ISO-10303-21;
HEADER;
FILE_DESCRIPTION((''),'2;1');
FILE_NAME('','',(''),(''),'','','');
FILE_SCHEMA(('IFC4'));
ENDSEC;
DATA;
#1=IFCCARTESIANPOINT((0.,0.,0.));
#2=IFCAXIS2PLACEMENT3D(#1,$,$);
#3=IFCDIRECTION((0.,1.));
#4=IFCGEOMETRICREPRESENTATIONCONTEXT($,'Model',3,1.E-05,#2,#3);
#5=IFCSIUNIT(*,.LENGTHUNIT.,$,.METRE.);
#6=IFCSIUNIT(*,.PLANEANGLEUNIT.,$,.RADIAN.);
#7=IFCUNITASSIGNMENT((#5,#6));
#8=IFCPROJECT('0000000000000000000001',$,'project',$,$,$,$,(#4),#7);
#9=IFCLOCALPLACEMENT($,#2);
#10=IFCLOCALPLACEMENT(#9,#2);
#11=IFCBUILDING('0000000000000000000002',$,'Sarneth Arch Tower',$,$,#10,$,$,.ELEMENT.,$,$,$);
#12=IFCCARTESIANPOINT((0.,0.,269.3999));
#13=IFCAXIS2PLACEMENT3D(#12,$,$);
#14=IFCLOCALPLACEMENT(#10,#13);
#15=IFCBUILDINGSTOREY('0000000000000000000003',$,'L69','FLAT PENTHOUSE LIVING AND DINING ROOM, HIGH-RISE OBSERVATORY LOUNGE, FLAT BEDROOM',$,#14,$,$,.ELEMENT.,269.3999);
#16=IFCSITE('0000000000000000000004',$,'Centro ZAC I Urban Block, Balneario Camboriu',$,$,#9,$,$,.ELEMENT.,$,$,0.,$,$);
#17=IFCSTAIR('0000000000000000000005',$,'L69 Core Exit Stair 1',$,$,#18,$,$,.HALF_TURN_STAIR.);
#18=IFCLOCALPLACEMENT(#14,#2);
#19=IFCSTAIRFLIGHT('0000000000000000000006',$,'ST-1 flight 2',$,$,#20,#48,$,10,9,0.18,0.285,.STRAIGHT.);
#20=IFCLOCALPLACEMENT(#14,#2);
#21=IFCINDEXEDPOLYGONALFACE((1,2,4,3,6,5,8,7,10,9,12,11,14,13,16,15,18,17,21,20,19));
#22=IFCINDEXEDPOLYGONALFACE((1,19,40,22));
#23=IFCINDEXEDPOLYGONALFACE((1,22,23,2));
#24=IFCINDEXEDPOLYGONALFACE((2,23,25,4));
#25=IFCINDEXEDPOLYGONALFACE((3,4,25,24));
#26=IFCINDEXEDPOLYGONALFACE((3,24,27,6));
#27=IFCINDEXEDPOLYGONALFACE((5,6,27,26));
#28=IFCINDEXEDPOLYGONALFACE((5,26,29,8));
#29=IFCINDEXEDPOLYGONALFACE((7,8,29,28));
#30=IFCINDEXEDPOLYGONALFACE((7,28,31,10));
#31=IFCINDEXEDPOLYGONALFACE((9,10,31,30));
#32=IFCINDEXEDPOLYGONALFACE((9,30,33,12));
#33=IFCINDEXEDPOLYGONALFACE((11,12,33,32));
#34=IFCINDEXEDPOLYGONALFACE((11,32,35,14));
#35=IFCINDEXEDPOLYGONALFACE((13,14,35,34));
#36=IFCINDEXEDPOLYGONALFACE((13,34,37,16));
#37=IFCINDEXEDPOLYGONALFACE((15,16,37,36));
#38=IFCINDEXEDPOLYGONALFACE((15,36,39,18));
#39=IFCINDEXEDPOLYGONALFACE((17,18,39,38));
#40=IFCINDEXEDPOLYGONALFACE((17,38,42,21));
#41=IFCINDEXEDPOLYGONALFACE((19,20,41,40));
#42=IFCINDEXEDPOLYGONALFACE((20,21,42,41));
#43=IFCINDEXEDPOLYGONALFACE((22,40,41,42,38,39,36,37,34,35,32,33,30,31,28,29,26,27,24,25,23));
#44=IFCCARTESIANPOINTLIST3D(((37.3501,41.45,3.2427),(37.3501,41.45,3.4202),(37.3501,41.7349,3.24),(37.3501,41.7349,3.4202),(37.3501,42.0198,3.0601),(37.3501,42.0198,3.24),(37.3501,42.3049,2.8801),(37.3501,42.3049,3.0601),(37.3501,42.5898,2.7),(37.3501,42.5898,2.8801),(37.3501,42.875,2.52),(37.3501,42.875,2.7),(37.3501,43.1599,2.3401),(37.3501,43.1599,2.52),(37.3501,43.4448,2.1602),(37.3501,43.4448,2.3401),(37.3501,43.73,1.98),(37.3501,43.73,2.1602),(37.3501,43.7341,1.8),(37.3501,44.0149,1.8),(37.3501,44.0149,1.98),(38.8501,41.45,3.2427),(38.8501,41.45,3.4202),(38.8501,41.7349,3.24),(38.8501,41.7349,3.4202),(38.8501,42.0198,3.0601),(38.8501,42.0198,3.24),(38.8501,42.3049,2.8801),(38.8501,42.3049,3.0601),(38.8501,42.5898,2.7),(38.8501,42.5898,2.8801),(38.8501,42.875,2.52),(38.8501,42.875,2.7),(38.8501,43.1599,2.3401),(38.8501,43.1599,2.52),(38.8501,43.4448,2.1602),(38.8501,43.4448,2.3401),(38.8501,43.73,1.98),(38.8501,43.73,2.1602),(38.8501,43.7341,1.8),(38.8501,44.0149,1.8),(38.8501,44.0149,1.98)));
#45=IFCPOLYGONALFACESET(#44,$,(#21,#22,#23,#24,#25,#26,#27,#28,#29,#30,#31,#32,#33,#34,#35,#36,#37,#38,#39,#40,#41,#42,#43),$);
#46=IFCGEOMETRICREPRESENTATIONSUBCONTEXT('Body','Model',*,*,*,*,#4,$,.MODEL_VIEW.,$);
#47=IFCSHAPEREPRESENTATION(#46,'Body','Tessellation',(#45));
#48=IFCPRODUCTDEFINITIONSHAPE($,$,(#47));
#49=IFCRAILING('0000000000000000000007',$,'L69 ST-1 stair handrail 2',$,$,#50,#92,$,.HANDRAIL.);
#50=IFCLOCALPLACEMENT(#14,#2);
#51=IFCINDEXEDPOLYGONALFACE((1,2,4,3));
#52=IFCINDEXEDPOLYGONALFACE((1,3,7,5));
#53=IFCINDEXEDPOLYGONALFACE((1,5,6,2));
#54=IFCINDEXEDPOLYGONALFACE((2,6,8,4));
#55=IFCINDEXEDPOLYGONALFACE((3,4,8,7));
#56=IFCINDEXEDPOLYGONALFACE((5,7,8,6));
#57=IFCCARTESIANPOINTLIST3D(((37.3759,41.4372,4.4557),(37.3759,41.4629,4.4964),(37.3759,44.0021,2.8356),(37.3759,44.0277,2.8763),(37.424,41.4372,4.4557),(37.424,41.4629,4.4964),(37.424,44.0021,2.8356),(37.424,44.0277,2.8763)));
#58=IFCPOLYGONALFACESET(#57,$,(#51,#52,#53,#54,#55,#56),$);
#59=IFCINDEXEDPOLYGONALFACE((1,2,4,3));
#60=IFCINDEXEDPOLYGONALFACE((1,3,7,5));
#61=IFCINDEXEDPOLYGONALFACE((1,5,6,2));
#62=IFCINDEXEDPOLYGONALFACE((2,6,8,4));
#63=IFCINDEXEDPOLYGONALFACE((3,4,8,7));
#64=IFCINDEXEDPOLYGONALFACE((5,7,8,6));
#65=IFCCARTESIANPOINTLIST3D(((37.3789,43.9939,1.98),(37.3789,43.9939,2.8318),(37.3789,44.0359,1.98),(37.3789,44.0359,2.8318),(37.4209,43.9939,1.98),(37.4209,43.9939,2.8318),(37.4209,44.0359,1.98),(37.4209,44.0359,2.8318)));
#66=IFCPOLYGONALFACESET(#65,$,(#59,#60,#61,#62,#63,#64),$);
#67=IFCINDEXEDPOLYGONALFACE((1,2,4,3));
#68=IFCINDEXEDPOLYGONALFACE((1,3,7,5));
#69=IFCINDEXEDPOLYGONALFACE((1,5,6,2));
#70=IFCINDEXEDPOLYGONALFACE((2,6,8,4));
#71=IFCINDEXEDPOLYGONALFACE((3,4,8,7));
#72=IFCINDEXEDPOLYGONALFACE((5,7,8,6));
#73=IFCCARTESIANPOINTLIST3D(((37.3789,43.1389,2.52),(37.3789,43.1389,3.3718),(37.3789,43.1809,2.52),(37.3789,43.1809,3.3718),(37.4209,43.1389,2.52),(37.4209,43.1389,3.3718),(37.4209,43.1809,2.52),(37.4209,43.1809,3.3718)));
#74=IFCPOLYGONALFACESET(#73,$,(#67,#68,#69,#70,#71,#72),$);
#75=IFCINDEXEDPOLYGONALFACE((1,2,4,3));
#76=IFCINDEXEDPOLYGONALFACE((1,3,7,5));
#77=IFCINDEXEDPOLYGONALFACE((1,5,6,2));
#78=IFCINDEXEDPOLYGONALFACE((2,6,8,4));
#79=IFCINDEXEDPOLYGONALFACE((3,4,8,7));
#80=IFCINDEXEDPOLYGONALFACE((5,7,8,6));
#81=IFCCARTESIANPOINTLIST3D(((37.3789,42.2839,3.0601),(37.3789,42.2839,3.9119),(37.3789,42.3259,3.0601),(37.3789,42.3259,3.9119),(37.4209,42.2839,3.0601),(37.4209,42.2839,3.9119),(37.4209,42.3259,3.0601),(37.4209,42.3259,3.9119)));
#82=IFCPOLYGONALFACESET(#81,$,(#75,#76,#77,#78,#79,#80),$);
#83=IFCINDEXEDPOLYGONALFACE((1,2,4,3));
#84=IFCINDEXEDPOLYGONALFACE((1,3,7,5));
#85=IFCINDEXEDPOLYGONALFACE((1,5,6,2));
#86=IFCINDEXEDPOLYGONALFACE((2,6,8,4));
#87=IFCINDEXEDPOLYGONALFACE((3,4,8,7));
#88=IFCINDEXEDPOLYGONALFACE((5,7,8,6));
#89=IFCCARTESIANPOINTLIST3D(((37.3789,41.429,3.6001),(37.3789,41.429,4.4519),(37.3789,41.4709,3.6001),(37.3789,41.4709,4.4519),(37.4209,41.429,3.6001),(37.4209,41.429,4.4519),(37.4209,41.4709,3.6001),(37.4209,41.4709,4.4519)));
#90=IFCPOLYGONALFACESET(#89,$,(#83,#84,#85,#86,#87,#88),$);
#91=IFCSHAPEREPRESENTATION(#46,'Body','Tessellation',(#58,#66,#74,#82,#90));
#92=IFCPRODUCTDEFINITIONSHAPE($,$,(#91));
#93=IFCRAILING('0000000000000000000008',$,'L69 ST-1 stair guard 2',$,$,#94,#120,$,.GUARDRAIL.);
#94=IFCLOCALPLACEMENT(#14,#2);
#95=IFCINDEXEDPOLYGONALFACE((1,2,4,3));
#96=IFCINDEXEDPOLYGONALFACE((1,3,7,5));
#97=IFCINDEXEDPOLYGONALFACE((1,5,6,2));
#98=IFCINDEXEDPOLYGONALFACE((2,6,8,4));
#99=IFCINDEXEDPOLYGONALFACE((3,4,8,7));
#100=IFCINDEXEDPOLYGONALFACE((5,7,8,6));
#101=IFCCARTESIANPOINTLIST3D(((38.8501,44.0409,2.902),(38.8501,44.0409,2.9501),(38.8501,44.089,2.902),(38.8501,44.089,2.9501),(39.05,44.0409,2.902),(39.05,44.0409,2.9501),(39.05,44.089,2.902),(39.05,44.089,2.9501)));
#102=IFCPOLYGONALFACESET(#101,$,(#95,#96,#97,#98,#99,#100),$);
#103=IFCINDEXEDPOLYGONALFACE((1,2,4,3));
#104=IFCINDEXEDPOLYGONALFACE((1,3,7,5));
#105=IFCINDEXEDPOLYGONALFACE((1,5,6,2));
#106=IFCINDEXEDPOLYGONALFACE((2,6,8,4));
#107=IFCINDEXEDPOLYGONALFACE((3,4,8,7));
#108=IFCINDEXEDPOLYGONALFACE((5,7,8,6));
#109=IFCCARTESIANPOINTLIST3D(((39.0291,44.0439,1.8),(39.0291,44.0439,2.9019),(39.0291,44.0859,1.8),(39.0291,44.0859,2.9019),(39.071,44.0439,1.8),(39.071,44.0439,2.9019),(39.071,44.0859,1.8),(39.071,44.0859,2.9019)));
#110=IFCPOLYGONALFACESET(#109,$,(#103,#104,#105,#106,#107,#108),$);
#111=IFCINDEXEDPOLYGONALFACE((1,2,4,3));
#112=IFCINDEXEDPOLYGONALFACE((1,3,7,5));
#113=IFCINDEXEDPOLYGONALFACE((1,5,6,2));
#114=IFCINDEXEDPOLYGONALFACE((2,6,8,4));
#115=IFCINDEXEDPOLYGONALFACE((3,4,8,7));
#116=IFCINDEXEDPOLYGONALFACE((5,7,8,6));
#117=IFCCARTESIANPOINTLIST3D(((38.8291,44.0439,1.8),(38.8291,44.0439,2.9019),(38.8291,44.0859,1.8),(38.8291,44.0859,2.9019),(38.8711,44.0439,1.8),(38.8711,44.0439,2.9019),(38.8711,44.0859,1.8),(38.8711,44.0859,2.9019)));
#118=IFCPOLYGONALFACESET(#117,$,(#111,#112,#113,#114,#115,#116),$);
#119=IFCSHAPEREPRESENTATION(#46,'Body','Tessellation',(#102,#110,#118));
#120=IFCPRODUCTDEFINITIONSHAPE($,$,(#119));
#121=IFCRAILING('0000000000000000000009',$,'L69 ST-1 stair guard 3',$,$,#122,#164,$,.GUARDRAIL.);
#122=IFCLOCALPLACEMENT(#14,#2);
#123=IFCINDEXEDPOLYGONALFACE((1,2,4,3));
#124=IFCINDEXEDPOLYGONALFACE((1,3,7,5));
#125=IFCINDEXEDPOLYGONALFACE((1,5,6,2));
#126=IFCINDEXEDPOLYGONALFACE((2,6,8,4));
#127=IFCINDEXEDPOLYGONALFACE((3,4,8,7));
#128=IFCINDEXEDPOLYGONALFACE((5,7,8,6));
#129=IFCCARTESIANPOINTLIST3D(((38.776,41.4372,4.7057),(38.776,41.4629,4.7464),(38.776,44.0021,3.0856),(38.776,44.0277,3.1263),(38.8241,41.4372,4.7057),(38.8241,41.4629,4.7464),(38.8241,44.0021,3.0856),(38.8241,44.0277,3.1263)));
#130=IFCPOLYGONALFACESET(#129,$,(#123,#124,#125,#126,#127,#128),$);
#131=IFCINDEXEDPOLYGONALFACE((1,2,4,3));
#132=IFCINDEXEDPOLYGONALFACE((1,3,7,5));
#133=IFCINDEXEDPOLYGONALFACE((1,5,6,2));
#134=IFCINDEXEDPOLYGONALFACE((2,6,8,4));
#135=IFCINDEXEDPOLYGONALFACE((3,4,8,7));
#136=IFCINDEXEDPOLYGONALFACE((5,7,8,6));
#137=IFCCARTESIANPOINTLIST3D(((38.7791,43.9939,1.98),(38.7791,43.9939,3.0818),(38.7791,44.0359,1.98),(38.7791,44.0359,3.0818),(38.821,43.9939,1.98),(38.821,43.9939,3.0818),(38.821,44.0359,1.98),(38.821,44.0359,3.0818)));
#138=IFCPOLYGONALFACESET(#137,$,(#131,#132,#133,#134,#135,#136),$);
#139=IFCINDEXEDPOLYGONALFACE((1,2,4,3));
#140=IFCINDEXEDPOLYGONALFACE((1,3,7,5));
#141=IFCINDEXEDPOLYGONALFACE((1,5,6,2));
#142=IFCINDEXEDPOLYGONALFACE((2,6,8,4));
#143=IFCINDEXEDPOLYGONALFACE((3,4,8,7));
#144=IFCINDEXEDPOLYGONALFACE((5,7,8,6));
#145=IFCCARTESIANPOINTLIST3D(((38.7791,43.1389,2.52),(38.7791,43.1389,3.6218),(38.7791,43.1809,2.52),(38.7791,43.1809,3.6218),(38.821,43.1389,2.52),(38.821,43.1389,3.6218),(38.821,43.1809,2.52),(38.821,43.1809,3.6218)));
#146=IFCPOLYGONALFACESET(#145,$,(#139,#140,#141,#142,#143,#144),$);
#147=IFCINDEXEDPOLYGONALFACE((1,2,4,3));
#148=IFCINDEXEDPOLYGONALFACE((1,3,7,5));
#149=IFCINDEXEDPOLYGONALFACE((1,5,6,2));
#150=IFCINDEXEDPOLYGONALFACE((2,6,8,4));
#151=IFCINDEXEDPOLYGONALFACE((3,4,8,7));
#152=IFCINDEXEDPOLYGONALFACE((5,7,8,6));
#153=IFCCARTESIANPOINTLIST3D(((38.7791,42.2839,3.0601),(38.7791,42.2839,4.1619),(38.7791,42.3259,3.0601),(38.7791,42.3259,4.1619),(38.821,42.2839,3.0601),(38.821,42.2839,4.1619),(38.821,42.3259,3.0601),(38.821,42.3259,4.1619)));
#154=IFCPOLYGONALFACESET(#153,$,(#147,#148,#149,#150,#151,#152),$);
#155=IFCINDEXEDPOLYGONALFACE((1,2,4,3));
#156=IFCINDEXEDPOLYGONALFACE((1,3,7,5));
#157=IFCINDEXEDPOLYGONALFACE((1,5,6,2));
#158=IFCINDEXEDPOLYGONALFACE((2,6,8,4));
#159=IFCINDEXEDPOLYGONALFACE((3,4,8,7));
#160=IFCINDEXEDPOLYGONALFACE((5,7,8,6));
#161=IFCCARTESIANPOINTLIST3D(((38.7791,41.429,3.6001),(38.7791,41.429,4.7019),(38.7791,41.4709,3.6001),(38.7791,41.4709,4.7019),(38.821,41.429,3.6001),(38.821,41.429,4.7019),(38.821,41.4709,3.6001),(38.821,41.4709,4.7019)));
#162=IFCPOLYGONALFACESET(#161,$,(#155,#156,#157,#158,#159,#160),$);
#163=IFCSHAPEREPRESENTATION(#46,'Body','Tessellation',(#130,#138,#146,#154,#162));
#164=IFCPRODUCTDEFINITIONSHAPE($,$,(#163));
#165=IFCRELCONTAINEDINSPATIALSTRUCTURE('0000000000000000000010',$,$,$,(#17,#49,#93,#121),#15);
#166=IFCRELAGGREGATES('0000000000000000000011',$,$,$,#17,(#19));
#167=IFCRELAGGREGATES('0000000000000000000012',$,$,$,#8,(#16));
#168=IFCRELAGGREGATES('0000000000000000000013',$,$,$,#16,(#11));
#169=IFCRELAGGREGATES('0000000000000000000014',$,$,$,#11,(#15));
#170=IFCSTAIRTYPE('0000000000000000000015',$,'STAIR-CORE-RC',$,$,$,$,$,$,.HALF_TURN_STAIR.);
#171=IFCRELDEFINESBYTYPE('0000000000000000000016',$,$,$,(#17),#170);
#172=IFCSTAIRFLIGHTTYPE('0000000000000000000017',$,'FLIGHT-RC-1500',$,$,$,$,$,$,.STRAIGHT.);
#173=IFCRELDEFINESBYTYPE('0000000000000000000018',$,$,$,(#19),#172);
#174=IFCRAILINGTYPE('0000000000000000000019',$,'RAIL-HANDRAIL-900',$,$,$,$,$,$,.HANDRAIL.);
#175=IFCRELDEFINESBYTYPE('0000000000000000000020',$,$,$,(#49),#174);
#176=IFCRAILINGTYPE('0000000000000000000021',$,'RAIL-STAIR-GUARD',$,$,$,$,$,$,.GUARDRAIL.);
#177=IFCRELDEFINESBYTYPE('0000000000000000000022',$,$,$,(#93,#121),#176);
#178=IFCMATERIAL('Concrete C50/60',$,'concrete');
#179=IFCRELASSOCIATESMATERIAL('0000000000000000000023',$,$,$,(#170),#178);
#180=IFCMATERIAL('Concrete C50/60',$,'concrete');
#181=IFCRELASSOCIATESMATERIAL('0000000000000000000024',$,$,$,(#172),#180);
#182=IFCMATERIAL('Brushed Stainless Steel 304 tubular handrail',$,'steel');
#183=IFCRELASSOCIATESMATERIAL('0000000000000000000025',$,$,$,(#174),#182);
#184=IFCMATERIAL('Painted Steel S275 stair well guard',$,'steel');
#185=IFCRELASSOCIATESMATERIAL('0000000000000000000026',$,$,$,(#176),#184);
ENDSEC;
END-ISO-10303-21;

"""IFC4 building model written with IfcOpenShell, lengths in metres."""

from ifc_helpers import new_model, si_unit, direction, frame, origin, origin_2d, place, context, subcontext, project, spatial, polyline, rectangle, outline, extrude, material, type_object, element, aggregate, save


model = new_model("IFC4")

# Units and contexts
model_context = context("Model", 3, precision=1e-05, world=origin(), true_north=direction((0.0, 1.0)))
body_context = subcontext(model_context, "Body", "Model", "MODEL_VIEW")
ifc_project = project(units=[si_unit("LENGTHUNIT", "METRE"), si_unit("PLANEANGLEUNIT", "RADIAN")], contexts=[model_context])

# Site, building, storey
site_placement = place(None, origin())
site = spatial("IfcSite", under=ifc_project, at=site_placement, Name="Centro ZAC I Urban Block, Balneario Camboriu", CompositionType="ELEMENT", RefElevation=0.0)
building_placement = place(site_placement, origin())
building = spatial("IfcBuilding", under=site, at=building_placement, Name="Sarneth Arch Tower", CompositionType="ELEMENT")
storey_placement = place(building_placement, frame((0.0, 0.0, 269.3999)))
storey = spatial("IfcBuildingStorey", under=building, at=storey_placement, Name="L69", Description="FLAT PENTHOUSE LIVING AND DINING ROOM, HIGH-RISE OBSERVATORY LOUNGE, FLAT BEDROOM", CompositionType="ELEMENT", Elevation=269.3999)

# Stair, stair flight
ifc_material_1 = material(Name="Concrete C50/60", Category="concrete")
stair_type = type_object("IfcStairType", Name="STAIR-CORE-RC", PredefinedType="HALF_TURN_STAIR", material=ifc_material_1)
stair_placement = place(storey_placement, origin())
stair = element("IfcStair", 1, at=stair_placement, inside=storey, type_object=stair_type, Name="L69 Core Exit Stair 1", PredefinedType="HALF_TURN_STAIR")
ifc_material_2 = material(Name="Concrete C50/60", Category="concrete")
stair_flight_type = type_object("IfcStairFlightType", Name="FLIGHT-RC-1500", PredefinedType="STRAIGHT", material=ifc_material_2)
stair_flight_placement = place(storey_placement, frame((38.1001, 44.0149, 1.8), z_axis=(0.0, 0.0, 1.0), x_axis=(0.0, -1.0, 0.0)))
stair_flight = element("IfcStairFlight", 2, at=stair_flight_placement, type_object=stair_flight_type, Name="ST-1 flight 2", NumberOfRisers=10, NumberOfTreads=9, PredefinedType="STRAIGHT", RiserHeight=0.18, TreadLength=0.285, context=body_context, shape_type="SweptSolid", body=[
    extrude(outline(polyline([(0.0, 0.0), (0.0, 0.1799), (0.2849, 0.1799), (0.2849, 0.3601), (0.5701, 0.3601), (0.5701, 0.54), (0.855, 0.54), (0.855, 0.72), (1.1399, 0.72), (1.1399, 0.8999), (1.425, 0.8999), (1.425, 1.0801), (1.71, 1.0801), (1.71, 1.26), (1.9951, 1.26), (1.9951, 1.4399), (2.28, 1.4399), (2.28, 1.6201), (2.5649, 1.6201), (2.5649, 1.8), (2.5649, 1.4426), (0.2808, 0.0), (0.0, 0.0)])), frame((0.0, 0.75, 0.0), z_axis=(0.0, -1.0, 0.0), x_axis=(1.0, 0.0, 0.0)), (0.0, 0.0, 1.0), 1.5),
])
aggregate(stair, [stair_flight])

# Railings
ifc_material_3 = material(Name="Brushed Stainless Steel 304 tubular handrail", Category="steel")
railing_type_1 = type_object("IfcRailingType", Name="RAIL-HANDRAIL-900", PredefinedType="HANDRAIL", material=ifc_material_3)
railing_1_placement = place(storey_placement, frame((37.3999, 44.0149, 1.98)))
element("IfcRailing", 3, at=railing_1_placement, inside=storey, type_object=railing_type_1, Name="L69 ST-1 stair handrail 2", PredefinedType="HANDRAIL", context=body_context, shape_type="SweptSolid", body=[
    extrude(rectangle(XDim=0.0481, YDim=0.0481, at=origin_2d()), frame((0.0, 0.0, 0.876), z_axis=(0.0, -0.845466, 0.534029), x_axis=(1.0, 0.0, 0.0)), (0.0, 0.0, 1.0), 3.0337),
    extrude(rectangle(XDim=0.042, YDim=0.042, at=origin_2d()), origin(), (0.0, 0.0, 1.0), 0.8518),
    extrude(rectangle(XDim=0.042, YDim=0.042, at=origin_2d()), frame((0.0, -0.855, 0.54)), (0.0, 0.0, 1.0), 0.8518),
    extrude(rectangle(XDim=0.042, YDim=0.042, at=origin_2d()), frame((0.0, -1.71, 1.0801)), (0.0, 0.0, 1.0), 0.8518),
    extrude(rectangle(XDim=0.042, YDim=0.042, at=origin_2d()), frame((0.0, -2.5649, 1.6201)), (0.0, 0.0, 1.0), 0.8518),
])
ifc_material_4 = material(Name="Painted Steel S275 stair well guard", Category="steel")
railing_type_2 = type_object("IfcRailingType", Name="RAIL-STAIR-GUARD", PredefinedType="GUARDRAIL", material=ifc_material_4)
railing_2_placement = place(storey_placement, frame((39.05, 44.0649, 1.8)))
element("IfcRailing", 4, at=railing_2_placement, inside=storey, type_object=railing_type_2, Name="L69 ST-1 stair guard 2", PredefinedType="GUARDRAIL", context=body_context, shape_type="SweptSolid", body=[
    extrude(rectangle(XDim=0.0481, YDim=0.0481, at=origin_2d()), frame((0.0, 0.0, 1.126), z_axis=(-1.0, 0.0, 0.0), x_axis=(0.0, -1.0, 0.0)), (0.0, 0.0, 1.0), 0.2),
    extrude(rectangle(XDim=0.042, YDim=0.042, at=origin_2d()), origin(), (0.0, 0.0, 1.0), 1.1018),
    extrude(rectangle(XDim=0.042, YDim=0.042, at=origin_2d()), frame((-0.2, 0.0, 0.0)), (0.0, 0.0, 1.0), 1.1018),
])
railing_3_placement = place(storey_placement, frame((38.8, 44.0149, 1.98)))
element("IfcRailing", 5, at=railing_3_placement, inside=storey, type_object=railing_type_2, Name="L69 ST-1 stair guard 3", PredefinedType="GUARDRAIL", context=body_context, shape_type="SweptSolid", body=[
    extrude(rectangle(XDim=0.0481, YDim=0.0481, at=origin_2d()), frame((0.0, 0.0, 1.126), z_axis=(0.0, -0.845466, 0.534029), x_axis=(1.0, 0.0, 0.0)), (0.0, 0.0, 1.0), 3.0337),
    extrude(rectangle(XDim=0.042, YDim=0.042, at=origin_2d()), origin(), (0.0, 0.0, 1.0), 1.1018),
    extrude(rectangle(XDim=0.042, YDim=0.042, at=origin_2d()), frame((0.0, -0.855, 0.54)), (0.0, 0.0, 1.0), 1.1018),
    extrude(rectangle(XDim=0.042, YDim=0.042, at=origin_2d()), frame((0.0, -1.71, 1.0801)), (0.0, 0.0, 1.0), 1.1018),
    extrude(rectangle(XDim=0.042, YDim=0.042, at=origin_2d()), frame((0.0, -2.5649, 1.6201)), (0.0, 0.0, 1.0), 1.1018),
])

save(model, "model.ifc")
